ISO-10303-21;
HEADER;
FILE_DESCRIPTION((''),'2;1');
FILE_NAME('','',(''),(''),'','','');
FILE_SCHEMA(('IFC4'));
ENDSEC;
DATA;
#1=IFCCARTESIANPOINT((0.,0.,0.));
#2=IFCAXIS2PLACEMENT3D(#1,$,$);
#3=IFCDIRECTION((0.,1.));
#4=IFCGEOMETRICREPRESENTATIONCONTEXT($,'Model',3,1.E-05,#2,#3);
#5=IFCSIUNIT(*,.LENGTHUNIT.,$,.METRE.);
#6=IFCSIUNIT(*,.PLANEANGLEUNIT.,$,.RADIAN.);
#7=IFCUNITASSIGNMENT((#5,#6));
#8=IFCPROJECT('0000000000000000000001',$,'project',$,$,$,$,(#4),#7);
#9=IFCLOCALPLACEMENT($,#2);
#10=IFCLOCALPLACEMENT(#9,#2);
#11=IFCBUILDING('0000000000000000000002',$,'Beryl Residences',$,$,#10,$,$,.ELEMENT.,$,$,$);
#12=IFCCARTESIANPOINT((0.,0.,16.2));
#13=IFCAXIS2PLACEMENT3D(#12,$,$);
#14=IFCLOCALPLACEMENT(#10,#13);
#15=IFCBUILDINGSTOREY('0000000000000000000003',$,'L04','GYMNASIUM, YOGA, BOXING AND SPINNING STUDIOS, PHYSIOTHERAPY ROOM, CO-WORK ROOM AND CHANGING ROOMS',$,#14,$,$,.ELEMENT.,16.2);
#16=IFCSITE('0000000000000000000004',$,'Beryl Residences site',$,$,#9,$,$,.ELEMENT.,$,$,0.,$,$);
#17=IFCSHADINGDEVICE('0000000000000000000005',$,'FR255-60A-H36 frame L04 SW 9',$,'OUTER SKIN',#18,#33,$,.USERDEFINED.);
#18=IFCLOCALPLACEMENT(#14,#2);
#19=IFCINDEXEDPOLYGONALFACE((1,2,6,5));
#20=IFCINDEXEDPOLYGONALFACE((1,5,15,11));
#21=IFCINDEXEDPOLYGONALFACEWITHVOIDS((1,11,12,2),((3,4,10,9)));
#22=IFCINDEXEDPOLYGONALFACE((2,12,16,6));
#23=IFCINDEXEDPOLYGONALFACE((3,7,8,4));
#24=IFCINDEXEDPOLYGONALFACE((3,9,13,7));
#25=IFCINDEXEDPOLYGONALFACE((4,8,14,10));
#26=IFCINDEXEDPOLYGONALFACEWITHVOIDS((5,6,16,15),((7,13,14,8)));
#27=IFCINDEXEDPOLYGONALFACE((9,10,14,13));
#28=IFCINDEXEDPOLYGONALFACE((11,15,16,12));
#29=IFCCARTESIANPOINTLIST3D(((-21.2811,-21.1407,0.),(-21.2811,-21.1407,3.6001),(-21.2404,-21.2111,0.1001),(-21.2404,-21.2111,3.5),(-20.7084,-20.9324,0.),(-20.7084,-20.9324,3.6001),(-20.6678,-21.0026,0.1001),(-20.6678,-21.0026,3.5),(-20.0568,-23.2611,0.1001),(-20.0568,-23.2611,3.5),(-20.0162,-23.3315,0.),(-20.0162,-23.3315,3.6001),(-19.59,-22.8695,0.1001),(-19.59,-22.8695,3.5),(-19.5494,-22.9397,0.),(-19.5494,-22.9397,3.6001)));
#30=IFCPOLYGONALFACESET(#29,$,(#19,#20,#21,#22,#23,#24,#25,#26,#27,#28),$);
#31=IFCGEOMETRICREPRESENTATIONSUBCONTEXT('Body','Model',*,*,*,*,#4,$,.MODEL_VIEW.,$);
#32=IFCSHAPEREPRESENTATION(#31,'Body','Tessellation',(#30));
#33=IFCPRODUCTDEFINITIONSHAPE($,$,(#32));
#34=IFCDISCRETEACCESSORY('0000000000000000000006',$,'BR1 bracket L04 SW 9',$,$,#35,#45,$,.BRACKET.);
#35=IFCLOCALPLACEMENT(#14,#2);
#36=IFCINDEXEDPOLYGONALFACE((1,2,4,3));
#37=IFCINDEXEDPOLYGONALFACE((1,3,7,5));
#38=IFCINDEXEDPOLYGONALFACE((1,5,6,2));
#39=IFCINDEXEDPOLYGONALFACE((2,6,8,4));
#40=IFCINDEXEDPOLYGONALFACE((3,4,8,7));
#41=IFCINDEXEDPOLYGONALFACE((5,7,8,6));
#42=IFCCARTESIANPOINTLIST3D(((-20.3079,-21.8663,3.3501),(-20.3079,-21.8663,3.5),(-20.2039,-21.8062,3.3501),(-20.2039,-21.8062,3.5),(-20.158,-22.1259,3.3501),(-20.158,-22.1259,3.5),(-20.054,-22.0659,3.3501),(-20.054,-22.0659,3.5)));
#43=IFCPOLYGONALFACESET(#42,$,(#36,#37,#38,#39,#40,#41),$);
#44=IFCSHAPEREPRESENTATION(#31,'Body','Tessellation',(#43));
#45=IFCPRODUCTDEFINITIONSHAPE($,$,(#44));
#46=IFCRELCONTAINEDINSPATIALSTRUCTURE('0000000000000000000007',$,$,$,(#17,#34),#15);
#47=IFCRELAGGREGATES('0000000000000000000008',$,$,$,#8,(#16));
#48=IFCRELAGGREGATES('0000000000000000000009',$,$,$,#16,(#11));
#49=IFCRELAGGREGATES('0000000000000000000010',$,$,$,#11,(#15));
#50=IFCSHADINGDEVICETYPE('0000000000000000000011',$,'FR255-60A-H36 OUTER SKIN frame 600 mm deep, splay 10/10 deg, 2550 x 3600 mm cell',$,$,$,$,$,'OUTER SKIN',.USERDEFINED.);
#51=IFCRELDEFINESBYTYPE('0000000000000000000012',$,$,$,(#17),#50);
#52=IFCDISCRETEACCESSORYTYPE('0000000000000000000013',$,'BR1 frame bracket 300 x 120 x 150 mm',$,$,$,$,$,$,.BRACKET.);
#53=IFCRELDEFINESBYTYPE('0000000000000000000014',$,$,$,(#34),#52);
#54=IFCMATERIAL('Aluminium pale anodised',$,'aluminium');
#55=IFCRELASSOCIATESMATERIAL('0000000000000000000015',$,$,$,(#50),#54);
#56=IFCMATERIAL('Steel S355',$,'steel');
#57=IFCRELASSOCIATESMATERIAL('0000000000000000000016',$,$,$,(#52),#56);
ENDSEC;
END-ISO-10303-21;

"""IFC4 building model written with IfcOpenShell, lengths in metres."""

from ifc_helpers import new_model, entity, si_unit, direction, frame, origin, place, context, subcontext, project, spatial, polyline, outline, extrude, source, transform, mapped, material, type_object, type_shapes, element, save


model = new_model("IFC4")

# Units and contexts
model_context = context("Model", 3, precision=1e-05, world=origin(), true_north=direction((0.0, 1.0)))
body_context = subcontext(model_context, "Body", "Model", "MODEL_VIEW")
ifc_project = project(units=[si_unit("LENGTHUNIT", "METRE"), si_unit("PLANEANGLEUNIT", "RADIAN")], contexts=[model_context])

# Site, building, storey
site_placement = place(None, origin())
site = spatial("IfcSite", under=ifc_project, at=site_placement, Name="Beryl Residences site", CompositionType="ELEMENT", RefElevation=0.0)
building_placement = place(site_placement, origin())
building = spatial("IfcBuilding", under=site, at=building_placement, Name="Beryl Residences", CompositionType="ELEMENT")
storey_placement = place(building_placement, frame((0.0, 0.0, 16.2)))
storey = spatial("IfcBuildingStorey", under=building, at=storey_placement, Name="L04", Description="GYMNASIUM, YOGA, BOXING AND SPINNING STUDIOS, PHYSIOTHERAPY ROOM, CO-WORK ROOM AND CHANGING ROOMS", CompositionType="ELEMENT", Elevation=16.2)

# Shading device
ifc_material_1 = material(Name="Aluminium pale anodised", Category="aluminium")
shading_device_type = type_object("IfcShadingDeviceType", Name="FR255-60A-H36 OUTER SKIN frame 600 mm deep, splay 10/10 deg, 2550 x 3600 mm cell", ElementType="OUTER SKIN", PredefinedType="USERDEFINED", material=ifc_material_1)
cartesian_point_1 = entity("IfcCartesianPoint", [-1.1589, 0.0])
cartesian_point_2 = entity("IfcCartesianPoint", [-1.0779, 0.1001])
cartesian_point_3 = entity("IfcCartesianPoint", [-1.2649, 0.0])
cartesian_point_4 = entity("IfcCartesianPoint", [-1.1836, 0.1001])
shared_shape_1 = source(origin(), body_context, "Body", "SweptSolid", [
    entity("IfcExtrudedAreaSolidTapered", entity("IfcArbitraryProfileDefWithVoids", "AREA", None, entity("IfcPolyline", [cartesian_point_1, entity("IfcCartesianPoint", [1.1589, 0.0]), entity("IfcCartesianPoint", [1.1589, 3.6001]), entity("IfcCartesianPoint", [-1.1589, 3.6001]), cartesian_point_1]), [entity("IfcPolyline", [cartesian_point_2, entity("IfcCartesianPoint", [1.0779, 0.1001]), entity("IfcCartesianPoint", [1.0779, 3.5]), entity("IfcCartesianPoint", [-1.0779, 3.5]), cartesian_point_2])]), entity("IfcAxis2Placement3D", entity("IfcCartesianPoint", [0.0, 0.0, 0.0]), entity("IfcDirection", [0.0, 1.0, 0.0]), entity("IfcDirection", [-1.0, 0.0, 0.0])), entity("IfcDirection", [0.0, 0.0, 1.0]), 0.6001, entity("IfcArbitraryProfileDefWithVoids", "AREA", None, entity("IfcPolyline", [cartesian_point_3, entity("IfcCartesianPoint", [1.2649, 0.0]), entity("IfcCartesianPoint", [1.2649, 3.6001]), entity("IfcCartesianPoint", [-1.2649, 3.6001]), cartesian_point_3]), [entity("IfcPolyline", [cartesian_point_4, entity("IfcCartesianPoint", [1.1836, 0.1001]), entity("IfcCartesianPoint", [1.1836, 3.5]), entity("IfcCartesianPoint", [-1.1836, 3.5]), cartesian_point_4])])),
])
type_shapes(shading_device_type, [shared_shape_1])
for number, where, z_axis, x_axis, name in (
    (1, (-20.1289, -21.936, 0.0), (0.0, 0.0, 1.0), (-0.5, 0.866025, 0.0), "FR255-60A-H36 frame L04 SW 9"),
):
    element("IfcShadingDevice", number, at=place(storey_placement, frame(where, z_axis=z_axis, x_axis=x_axis)), inside=storey, type_object=shading_device_type, Name=name, ObjectType="OUTER SKIN", PredefinedType="USERDEFINED", context=body_context, shape_type="MappedRepresentation", body=[
        mapped(shared_shape_1, transform((0.0, 0.0, 0.0))),
    ])

# Discrete accessory
ifc_material_2 = material(Name="Steel S355", Category="steel")
discrete_accessory_type = type_object("IfcDiscreteAccessoryType", Name="BR1 frame bracket 300 x 120 x 150 mm", PredefinedType="BRACKET", material=ifc_material_2)
shared_shape_2 = source(origin(), body_context, "Body", "SweptSolid", [
    extrude(outline(polyline([(-0.1499, 0.0), (0.1499, 0.0), (0.1499, 0.1201), (-0.1499, 0.1201), (-0.1499, 0.0)])), origin(), (0.0, 0.0, 1.0), 0.1499),
])
type_shapes(discrete_accessory_type, [shared_shape_2])
discrete_accessory_placement = place(storey_placement, frame((-20.1289, -21.936, 3.3501), z_axis=(0.0, 0.0, 1.0), x_axis=(-0.5, 0.866025, 0.0)))
element("IfcDiscreteAccessory", 2, at=discrete_accessory_placement, inside=storey, type_object=discrete_accessory_type, Name="BR1 bracket L04 SW 9", PredefinedType="BRACKET", context=body_context, shape_type="MappedRepresentation", body=[
    mapped(shared_shape_2, transform((0.0, 0.0, 0.0))),
])

save(model, "model.ifc")
